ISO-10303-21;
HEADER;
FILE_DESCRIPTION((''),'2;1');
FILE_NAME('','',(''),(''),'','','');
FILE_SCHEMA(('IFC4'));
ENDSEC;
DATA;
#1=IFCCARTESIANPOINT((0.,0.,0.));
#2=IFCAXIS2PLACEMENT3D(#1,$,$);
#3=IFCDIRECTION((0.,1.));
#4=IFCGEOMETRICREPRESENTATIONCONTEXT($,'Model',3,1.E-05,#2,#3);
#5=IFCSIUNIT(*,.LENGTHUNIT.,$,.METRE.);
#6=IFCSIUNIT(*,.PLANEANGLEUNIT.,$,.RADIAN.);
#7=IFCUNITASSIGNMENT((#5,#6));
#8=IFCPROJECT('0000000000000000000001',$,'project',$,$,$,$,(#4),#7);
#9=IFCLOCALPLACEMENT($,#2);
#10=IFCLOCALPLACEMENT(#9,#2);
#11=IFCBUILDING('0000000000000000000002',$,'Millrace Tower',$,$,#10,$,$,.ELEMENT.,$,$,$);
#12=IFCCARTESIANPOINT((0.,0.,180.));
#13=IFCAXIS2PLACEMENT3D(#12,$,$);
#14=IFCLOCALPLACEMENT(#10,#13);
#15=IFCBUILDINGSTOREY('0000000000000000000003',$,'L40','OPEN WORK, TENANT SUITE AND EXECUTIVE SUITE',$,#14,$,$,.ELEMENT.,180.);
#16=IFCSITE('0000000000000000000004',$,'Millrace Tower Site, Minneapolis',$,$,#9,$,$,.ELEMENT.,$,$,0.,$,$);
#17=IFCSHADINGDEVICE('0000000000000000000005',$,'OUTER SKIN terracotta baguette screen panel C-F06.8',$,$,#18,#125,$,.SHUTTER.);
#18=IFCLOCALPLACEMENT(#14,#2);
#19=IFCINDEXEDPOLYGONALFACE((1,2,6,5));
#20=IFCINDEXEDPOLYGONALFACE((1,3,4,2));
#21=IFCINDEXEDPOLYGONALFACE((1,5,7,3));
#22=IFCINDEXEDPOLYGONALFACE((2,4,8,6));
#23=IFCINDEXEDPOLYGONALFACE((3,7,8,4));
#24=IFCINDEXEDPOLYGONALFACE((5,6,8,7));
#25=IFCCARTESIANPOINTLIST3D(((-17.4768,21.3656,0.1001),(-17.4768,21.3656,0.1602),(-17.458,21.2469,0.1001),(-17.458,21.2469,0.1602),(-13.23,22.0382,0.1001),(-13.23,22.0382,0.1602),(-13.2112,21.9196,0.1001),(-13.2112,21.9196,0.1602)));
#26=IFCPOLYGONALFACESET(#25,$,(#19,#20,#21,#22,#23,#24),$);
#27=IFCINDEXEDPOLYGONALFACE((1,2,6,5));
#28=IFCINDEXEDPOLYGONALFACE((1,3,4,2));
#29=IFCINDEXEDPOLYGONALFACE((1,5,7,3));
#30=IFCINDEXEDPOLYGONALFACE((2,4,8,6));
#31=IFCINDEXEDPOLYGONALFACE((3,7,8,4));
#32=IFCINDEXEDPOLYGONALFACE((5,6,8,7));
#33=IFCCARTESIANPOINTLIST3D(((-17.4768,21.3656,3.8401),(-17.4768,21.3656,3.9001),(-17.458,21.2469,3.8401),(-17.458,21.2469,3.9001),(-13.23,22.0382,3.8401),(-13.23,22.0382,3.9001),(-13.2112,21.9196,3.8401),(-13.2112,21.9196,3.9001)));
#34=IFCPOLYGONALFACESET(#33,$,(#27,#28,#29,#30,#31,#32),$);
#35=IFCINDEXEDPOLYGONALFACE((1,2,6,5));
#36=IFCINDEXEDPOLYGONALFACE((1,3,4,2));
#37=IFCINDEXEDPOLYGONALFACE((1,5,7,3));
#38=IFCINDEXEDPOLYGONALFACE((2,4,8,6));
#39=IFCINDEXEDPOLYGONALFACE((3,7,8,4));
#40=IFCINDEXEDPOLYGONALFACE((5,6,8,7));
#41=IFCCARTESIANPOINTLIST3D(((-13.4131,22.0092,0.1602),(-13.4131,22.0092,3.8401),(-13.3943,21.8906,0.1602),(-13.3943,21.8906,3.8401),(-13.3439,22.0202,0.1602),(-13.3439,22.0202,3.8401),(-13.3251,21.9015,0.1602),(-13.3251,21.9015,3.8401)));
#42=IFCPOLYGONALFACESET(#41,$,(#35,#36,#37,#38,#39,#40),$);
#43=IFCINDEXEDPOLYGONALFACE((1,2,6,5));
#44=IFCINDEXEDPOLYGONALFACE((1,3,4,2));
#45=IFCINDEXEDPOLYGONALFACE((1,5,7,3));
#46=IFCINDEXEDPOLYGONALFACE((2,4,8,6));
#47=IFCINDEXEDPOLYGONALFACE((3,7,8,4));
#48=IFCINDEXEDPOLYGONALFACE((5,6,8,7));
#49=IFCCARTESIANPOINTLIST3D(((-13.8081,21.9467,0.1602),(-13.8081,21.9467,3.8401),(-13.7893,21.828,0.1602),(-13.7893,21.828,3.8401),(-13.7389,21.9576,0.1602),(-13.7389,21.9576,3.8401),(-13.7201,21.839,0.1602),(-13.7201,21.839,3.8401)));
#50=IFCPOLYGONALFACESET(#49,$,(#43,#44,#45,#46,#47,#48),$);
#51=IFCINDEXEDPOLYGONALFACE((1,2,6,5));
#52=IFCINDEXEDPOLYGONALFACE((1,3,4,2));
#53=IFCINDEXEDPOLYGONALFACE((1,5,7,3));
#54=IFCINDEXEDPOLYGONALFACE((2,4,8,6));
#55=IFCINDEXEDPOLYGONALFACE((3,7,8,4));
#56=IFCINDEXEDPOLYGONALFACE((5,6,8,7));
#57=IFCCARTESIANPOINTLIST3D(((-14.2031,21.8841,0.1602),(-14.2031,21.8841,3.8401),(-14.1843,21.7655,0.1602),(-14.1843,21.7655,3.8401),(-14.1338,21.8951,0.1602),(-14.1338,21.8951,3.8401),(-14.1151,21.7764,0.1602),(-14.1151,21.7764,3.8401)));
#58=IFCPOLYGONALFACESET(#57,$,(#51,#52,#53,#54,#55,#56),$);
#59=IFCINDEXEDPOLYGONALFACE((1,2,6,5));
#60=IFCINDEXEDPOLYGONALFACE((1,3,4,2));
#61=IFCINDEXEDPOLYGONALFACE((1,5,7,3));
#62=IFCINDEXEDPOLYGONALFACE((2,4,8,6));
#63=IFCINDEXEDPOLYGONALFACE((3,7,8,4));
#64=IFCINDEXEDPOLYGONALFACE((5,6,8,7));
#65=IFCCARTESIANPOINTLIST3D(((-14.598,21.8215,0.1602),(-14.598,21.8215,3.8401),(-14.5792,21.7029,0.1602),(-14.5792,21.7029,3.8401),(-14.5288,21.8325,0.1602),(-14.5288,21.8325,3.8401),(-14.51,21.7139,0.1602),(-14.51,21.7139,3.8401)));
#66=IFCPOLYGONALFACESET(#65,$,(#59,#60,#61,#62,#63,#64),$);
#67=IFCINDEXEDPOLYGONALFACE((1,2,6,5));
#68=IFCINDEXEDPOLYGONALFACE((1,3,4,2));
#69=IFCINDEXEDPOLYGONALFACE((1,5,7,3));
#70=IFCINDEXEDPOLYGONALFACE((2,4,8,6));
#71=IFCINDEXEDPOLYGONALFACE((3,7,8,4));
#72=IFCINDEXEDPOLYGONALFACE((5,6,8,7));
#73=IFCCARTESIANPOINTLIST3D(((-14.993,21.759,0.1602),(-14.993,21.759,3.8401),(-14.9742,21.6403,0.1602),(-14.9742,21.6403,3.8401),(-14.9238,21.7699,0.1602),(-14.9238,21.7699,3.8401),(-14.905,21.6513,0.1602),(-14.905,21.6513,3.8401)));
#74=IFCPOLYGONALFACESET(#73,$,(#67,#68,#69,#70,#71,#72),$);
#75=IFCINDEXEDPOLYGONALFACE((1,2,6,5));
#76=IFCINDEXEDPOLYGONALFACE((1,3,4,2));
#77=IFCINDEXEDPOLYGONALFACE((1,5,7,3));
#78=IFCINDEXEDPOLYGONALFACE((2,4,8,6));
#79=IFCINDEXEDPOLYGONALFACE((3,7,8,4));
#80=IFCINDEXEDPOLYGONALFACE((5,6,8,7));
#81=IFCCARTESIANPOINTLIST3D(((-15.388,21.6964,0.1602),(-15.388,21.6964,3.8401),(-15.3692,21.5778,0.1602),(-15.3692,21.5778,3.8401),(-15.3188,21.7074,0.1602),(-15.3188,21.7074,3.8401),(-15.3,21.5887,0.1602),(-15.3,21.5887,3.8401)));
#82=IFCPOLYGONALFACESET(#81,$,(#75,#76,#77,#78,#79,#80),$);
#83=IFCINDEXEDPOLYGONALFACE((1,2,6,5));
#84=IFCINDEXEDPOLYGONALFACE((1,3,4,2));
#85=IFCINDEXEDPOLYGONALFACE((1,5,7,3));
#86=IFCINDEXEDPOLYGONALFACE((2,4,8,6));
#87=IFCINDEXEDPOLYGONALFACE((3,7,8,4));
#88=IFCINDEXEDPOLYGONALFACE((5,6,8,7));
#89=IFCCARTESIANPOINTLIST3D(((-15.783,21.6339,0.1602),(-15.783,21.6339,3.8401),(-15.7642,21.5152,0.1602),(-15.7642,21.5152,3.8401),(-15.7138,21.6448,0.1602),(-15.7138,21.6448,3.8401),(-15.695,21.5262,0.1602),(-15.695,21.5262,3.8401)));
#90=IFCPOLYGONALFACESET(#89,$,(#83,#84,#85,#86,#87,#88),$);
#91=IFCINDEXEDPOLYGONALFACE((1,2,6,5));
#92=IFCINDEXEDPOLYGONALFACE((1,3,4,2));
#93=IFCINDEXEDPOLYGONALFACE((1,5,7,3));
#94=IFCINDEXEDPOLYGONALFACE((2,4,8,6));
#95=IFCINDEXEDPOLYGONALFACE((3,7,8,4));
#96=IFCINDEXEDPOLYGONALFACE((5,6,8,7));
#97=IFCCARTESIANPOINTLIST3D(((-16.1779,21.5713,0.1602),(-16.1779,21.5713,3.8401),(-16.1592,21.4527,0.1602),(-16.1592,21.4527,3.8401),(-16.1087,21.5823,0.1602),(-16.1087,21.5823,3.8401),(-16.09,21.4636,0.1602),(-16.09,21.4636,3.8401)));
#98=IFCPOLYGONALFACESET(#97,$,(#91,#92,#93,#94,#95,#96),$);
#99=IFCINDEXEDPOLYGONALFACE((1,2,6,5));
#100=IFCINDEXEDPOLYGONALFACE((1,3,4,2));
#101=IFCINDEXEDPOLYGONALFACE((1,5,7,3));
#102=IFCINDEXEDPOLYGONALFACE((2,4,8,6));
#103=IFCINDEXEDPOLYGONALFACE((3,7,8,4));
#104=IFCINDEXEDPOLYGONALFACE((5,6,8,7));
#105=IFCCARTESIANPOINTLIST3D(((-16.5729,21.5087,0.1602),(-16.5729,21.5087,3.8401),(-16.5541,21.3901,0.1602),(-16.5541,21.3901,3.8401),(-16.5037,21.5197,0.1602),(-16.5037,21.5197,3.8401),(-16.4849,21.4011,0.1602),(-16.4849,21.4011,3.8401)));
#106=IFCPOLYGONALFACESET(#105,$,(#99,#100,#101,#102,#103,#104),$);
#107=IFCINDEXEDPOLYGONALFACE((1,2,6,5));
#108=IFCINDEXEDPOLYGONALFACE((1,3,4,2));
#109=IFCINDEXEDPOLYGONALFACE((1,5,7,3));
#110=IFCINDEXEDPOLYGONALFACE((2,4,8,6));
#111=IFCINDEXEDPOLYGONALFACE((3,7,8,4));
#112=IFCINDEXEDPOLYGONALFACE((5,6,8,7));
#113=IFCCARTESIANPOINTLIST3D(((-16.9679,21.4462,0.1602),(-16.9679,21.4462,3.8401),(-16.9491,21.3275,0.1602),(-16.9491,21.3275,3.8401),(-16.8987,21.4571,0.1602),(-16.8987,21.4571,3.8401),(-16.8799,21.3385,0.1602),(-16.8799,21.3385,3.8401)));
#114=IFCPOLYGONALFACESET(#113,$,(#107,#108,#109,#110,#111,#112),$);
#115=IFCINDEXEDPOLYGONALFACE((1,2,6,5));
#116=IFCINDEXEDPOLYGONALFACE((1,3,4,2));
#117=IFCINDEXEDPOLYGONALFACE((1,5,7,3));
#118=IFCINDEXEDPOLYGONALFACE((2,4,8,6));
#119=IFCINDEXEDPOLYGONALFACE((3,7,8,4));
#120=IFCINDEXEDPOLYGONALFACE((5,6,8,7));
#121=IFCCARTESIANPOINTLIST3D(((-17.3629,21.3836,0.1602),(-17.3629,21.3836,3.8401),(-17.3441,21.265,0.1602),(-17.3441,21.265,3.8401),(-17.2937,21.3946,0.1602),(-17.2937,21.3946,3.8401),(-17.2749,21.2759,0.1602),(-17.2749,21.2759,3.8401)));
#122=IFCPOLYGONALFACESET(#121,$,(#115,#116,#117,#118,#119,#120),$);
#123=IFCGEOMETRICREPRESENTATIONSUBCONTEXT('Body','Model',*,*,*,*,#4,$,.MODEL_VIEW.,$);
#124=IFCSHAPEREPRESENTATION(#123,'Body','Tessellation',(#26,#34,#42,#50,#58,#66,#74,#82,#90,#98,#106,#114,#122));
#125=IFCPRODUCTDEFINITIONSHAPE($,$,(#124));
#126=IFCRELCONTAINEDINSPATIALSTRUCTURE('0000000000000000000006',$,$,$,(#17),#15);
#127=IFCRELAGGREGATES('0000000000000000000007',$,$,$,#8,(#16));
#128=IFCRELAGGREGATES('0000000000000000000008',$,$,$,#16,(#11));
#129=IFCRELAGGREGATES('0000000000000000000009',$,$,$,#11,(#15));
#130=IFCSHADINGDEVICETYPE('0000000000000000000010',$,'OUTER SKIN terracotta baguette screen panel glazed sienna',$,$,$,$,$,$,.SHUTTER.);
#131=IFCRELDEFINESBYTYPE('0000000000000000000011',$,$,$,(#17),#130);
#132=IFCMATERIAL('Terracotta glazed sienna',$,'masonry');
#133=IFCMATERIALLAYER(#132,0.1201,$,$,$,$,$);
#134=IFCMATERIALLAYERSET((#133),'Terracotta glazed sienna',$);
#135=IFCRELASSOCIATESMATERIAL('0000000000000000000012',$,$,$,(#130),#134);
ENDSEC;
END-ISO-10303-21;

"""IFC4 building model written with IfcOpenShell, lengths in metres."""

from ifc_helpers import new_model, entity, si_unit, direction, frame, frame_2d, origin, origin_2d, place, context, subcontext, project, spatial, rectangle, extrude, source, transform, mapped, material, layer, layer_set, type_object, element, save


model = new_model("IFC4")

# Units and contexts
model_context = context("Model", 3, precision=1e-05, world=origin(), true_north=direction((0.0, 1.0)))
body_context = subcontext(model_context, "Body", "Model", "MODEL_VIEW")
ifc_project = project(units=[si_unit("LENGTHUNIT", "METRE"), si_unit("PLANEANGLEUNIT", "RADIAN")], contexts=[model_context])

# Site, building, storey
site_placement = place(None, origin())
site = spatial("IfcSite", under=ifc_project, at=site_placement, Name="Millrace Tower Site, Minneapolis", CompositionType="ELEMENT", RefElevation=0.0)
building_placement = place(site_placement, origin())
building = spatial("IfcBuilding", under=site, at=building_placement, Name="Millrace Tower", CompositionType="ELEMENT")
storey_placement = place(building_placement, frame((0.0, 0.0, 180.0)))
storey = spatial("IfcBuildingStorey", under=building, at=storey_placement, Name="L40", Description="OPEN WORK, TENANT SUITE AND EXECUTIVE SUITE", CompositionType="ELEMENT", Elevation=180.0)

# Shading device
ifc_material_1 = material(Name="Terracotta glazed sienna", Category="masonry")
ifc_layer_1 = layer(ifc_material_1, 0.1201)
ifc_layer_set_1 = layer_set([ifc_layer_1], Name="Terracotta glazed sienna")
shading_device_type = type_object("IfcShadingDeviceType", Name="OUTER SKIN terracotta baguette screen panel glazed sienna", PredefinedType="SHUTTER", material=ifc_layer_set_1)
cartesian_point_1 = entity("IfcCartesianPoint", [-2.1499, 0.0601])
shared_polyline_1 = entity("IfcPolyline", [cartesian_point_1, entity("IfcCartesianPoint", [2.1499, 0.0601]), entity("IfcCartesianPoint", [2.1499, -0.0601]), entity("IfcCartesianPoint", [-2.1499, -0.0601]), cartesian_point_1])
shared_shape_1 = source(origin(), body_context, "Body", "SweptSolid", [
    entity("IfcExtrudedAreaSolid", entity("IfcArbitraryClosedProfileDef", "AREA", None, shared_polyline_1), entity("IfcAxis2Placement3D", entity("IfcCartesianPoint", [0.0, 0.0, 0.0])), entity("IfcDirection", [0.0, 0.0, 1.0]), 0.0601),
    entity("IfcExtrudedAreaSolid", entity("IfcArbitraryClosedProfileDef", "AREA", None, shared_polyline_1), entity("IfcAxis2Placement3D", entity("IfcCartesianPoint", [0.0, 0.0, 3.74])), entity("IfcDirection", [0.0, 0.0, 1.0]), 0.0601),
    extrude(rectangle(XDim=0.0701, YDim=0.1201, at=frame_2d((-1.9995, 0.0))), frame((0.0, 0.0, 0.0601)), (0.0, 0.0, 1.0), 3.6799),
    extrude(rectangle(XDim=0.0701, YDim=0.1201, at=frame_2d((-1.5996, 0.0))), frame((0.0, 0.0, 0.0601)), (0.0, 0.0, 1.0), 3.6799),
    extrude(rectangle(XDim=0.0701, YDim=0.1201, at=frame_2d((-1.1997, 0.0))), frame((0.0, 0.0, 0.0601)), (0.0, 0.0, 1.0), 3.6799),
    extrude(rectangle(XDim=0.0701, YDim=0.1201, at=frame_2d((-0.7998, 0.0))), frame((0.0, 0.0, 0.0601)), (0.0, 0.0, 1.0), 3.6799),
    extrude(rectangle(XDim=0.0701, YDim=0.1201, at=frame_2d((-0.3999, 0.0))), frame((0.0, 0.0, 0.0601)), (0.0, 0.0, 1.0), 3.6799),
    extrude(rectangle(XDim=0.0701, YDim=0.1201, at=origin_2d()), frame((0.0, 0.0, 0.0601)), (0.0, 0.0, 1.0), 3.6799),
    extrude(rectangle(XDim=0.0701, YDim=0.1201, at=frame_2d((0.3999, 0.0))), frame((0.0, 0.0, 0.0601)), (0.0, 0.0, 1.0), 3.6799),
    extrude(rectangle(XDim=0.0701, YDim=0.1201, at=frame_2d((0.7998, 0.0))), frame((0.0, 0.0, 0.0601)), (0.0, 0.0, 1.0), 3.6799),
    extrude(rectangle(XDim=0.0701, YDim=0.1201, at=frame_2d((1.1997, 0.0))), frame((0.0, 0.0, 0.0601)), (0.0, 0.0, 1.0), 3.6799),
    extrude(rectangle(XDim=0.0701, YDim=0.1201, at=frame_2d((1.5996, 0.0))), frame((0.0, 0.0, 0.0601)), (0.0, 0.0, 1.0), 3.6799),
    extrude(rectangle(XDim=0.0701, YDim=0.1201, at=frame_2d((1.9995, 0.0))), frame((0.0, 0.0, 0.0601)), (0.0, 0.0, 1.0), 3.6799),
])
shading_device_1_placement = place(storey_placement, frame((-15.344, 21.6426, 0.1001), z_axis=(0.0, 0.0, 1.0), x_axis=(-0.987688, -0.156434, 0.0)))
element("IfcShadingDevice", 1, at=shading_device_1_placement, inside=storey, type_object=shading_device_type, Name="OUTER SKIN terracotta baguette screen panel C-F06.8", PredefinedType="SHUTTER", context=body_context, shape_type="MappedRepresentation", body=[
    mapped(shared_shape_1, transform((0.0, 0.0, 0.0), scale=1.0)),
])

save(model, "model.ifc")
